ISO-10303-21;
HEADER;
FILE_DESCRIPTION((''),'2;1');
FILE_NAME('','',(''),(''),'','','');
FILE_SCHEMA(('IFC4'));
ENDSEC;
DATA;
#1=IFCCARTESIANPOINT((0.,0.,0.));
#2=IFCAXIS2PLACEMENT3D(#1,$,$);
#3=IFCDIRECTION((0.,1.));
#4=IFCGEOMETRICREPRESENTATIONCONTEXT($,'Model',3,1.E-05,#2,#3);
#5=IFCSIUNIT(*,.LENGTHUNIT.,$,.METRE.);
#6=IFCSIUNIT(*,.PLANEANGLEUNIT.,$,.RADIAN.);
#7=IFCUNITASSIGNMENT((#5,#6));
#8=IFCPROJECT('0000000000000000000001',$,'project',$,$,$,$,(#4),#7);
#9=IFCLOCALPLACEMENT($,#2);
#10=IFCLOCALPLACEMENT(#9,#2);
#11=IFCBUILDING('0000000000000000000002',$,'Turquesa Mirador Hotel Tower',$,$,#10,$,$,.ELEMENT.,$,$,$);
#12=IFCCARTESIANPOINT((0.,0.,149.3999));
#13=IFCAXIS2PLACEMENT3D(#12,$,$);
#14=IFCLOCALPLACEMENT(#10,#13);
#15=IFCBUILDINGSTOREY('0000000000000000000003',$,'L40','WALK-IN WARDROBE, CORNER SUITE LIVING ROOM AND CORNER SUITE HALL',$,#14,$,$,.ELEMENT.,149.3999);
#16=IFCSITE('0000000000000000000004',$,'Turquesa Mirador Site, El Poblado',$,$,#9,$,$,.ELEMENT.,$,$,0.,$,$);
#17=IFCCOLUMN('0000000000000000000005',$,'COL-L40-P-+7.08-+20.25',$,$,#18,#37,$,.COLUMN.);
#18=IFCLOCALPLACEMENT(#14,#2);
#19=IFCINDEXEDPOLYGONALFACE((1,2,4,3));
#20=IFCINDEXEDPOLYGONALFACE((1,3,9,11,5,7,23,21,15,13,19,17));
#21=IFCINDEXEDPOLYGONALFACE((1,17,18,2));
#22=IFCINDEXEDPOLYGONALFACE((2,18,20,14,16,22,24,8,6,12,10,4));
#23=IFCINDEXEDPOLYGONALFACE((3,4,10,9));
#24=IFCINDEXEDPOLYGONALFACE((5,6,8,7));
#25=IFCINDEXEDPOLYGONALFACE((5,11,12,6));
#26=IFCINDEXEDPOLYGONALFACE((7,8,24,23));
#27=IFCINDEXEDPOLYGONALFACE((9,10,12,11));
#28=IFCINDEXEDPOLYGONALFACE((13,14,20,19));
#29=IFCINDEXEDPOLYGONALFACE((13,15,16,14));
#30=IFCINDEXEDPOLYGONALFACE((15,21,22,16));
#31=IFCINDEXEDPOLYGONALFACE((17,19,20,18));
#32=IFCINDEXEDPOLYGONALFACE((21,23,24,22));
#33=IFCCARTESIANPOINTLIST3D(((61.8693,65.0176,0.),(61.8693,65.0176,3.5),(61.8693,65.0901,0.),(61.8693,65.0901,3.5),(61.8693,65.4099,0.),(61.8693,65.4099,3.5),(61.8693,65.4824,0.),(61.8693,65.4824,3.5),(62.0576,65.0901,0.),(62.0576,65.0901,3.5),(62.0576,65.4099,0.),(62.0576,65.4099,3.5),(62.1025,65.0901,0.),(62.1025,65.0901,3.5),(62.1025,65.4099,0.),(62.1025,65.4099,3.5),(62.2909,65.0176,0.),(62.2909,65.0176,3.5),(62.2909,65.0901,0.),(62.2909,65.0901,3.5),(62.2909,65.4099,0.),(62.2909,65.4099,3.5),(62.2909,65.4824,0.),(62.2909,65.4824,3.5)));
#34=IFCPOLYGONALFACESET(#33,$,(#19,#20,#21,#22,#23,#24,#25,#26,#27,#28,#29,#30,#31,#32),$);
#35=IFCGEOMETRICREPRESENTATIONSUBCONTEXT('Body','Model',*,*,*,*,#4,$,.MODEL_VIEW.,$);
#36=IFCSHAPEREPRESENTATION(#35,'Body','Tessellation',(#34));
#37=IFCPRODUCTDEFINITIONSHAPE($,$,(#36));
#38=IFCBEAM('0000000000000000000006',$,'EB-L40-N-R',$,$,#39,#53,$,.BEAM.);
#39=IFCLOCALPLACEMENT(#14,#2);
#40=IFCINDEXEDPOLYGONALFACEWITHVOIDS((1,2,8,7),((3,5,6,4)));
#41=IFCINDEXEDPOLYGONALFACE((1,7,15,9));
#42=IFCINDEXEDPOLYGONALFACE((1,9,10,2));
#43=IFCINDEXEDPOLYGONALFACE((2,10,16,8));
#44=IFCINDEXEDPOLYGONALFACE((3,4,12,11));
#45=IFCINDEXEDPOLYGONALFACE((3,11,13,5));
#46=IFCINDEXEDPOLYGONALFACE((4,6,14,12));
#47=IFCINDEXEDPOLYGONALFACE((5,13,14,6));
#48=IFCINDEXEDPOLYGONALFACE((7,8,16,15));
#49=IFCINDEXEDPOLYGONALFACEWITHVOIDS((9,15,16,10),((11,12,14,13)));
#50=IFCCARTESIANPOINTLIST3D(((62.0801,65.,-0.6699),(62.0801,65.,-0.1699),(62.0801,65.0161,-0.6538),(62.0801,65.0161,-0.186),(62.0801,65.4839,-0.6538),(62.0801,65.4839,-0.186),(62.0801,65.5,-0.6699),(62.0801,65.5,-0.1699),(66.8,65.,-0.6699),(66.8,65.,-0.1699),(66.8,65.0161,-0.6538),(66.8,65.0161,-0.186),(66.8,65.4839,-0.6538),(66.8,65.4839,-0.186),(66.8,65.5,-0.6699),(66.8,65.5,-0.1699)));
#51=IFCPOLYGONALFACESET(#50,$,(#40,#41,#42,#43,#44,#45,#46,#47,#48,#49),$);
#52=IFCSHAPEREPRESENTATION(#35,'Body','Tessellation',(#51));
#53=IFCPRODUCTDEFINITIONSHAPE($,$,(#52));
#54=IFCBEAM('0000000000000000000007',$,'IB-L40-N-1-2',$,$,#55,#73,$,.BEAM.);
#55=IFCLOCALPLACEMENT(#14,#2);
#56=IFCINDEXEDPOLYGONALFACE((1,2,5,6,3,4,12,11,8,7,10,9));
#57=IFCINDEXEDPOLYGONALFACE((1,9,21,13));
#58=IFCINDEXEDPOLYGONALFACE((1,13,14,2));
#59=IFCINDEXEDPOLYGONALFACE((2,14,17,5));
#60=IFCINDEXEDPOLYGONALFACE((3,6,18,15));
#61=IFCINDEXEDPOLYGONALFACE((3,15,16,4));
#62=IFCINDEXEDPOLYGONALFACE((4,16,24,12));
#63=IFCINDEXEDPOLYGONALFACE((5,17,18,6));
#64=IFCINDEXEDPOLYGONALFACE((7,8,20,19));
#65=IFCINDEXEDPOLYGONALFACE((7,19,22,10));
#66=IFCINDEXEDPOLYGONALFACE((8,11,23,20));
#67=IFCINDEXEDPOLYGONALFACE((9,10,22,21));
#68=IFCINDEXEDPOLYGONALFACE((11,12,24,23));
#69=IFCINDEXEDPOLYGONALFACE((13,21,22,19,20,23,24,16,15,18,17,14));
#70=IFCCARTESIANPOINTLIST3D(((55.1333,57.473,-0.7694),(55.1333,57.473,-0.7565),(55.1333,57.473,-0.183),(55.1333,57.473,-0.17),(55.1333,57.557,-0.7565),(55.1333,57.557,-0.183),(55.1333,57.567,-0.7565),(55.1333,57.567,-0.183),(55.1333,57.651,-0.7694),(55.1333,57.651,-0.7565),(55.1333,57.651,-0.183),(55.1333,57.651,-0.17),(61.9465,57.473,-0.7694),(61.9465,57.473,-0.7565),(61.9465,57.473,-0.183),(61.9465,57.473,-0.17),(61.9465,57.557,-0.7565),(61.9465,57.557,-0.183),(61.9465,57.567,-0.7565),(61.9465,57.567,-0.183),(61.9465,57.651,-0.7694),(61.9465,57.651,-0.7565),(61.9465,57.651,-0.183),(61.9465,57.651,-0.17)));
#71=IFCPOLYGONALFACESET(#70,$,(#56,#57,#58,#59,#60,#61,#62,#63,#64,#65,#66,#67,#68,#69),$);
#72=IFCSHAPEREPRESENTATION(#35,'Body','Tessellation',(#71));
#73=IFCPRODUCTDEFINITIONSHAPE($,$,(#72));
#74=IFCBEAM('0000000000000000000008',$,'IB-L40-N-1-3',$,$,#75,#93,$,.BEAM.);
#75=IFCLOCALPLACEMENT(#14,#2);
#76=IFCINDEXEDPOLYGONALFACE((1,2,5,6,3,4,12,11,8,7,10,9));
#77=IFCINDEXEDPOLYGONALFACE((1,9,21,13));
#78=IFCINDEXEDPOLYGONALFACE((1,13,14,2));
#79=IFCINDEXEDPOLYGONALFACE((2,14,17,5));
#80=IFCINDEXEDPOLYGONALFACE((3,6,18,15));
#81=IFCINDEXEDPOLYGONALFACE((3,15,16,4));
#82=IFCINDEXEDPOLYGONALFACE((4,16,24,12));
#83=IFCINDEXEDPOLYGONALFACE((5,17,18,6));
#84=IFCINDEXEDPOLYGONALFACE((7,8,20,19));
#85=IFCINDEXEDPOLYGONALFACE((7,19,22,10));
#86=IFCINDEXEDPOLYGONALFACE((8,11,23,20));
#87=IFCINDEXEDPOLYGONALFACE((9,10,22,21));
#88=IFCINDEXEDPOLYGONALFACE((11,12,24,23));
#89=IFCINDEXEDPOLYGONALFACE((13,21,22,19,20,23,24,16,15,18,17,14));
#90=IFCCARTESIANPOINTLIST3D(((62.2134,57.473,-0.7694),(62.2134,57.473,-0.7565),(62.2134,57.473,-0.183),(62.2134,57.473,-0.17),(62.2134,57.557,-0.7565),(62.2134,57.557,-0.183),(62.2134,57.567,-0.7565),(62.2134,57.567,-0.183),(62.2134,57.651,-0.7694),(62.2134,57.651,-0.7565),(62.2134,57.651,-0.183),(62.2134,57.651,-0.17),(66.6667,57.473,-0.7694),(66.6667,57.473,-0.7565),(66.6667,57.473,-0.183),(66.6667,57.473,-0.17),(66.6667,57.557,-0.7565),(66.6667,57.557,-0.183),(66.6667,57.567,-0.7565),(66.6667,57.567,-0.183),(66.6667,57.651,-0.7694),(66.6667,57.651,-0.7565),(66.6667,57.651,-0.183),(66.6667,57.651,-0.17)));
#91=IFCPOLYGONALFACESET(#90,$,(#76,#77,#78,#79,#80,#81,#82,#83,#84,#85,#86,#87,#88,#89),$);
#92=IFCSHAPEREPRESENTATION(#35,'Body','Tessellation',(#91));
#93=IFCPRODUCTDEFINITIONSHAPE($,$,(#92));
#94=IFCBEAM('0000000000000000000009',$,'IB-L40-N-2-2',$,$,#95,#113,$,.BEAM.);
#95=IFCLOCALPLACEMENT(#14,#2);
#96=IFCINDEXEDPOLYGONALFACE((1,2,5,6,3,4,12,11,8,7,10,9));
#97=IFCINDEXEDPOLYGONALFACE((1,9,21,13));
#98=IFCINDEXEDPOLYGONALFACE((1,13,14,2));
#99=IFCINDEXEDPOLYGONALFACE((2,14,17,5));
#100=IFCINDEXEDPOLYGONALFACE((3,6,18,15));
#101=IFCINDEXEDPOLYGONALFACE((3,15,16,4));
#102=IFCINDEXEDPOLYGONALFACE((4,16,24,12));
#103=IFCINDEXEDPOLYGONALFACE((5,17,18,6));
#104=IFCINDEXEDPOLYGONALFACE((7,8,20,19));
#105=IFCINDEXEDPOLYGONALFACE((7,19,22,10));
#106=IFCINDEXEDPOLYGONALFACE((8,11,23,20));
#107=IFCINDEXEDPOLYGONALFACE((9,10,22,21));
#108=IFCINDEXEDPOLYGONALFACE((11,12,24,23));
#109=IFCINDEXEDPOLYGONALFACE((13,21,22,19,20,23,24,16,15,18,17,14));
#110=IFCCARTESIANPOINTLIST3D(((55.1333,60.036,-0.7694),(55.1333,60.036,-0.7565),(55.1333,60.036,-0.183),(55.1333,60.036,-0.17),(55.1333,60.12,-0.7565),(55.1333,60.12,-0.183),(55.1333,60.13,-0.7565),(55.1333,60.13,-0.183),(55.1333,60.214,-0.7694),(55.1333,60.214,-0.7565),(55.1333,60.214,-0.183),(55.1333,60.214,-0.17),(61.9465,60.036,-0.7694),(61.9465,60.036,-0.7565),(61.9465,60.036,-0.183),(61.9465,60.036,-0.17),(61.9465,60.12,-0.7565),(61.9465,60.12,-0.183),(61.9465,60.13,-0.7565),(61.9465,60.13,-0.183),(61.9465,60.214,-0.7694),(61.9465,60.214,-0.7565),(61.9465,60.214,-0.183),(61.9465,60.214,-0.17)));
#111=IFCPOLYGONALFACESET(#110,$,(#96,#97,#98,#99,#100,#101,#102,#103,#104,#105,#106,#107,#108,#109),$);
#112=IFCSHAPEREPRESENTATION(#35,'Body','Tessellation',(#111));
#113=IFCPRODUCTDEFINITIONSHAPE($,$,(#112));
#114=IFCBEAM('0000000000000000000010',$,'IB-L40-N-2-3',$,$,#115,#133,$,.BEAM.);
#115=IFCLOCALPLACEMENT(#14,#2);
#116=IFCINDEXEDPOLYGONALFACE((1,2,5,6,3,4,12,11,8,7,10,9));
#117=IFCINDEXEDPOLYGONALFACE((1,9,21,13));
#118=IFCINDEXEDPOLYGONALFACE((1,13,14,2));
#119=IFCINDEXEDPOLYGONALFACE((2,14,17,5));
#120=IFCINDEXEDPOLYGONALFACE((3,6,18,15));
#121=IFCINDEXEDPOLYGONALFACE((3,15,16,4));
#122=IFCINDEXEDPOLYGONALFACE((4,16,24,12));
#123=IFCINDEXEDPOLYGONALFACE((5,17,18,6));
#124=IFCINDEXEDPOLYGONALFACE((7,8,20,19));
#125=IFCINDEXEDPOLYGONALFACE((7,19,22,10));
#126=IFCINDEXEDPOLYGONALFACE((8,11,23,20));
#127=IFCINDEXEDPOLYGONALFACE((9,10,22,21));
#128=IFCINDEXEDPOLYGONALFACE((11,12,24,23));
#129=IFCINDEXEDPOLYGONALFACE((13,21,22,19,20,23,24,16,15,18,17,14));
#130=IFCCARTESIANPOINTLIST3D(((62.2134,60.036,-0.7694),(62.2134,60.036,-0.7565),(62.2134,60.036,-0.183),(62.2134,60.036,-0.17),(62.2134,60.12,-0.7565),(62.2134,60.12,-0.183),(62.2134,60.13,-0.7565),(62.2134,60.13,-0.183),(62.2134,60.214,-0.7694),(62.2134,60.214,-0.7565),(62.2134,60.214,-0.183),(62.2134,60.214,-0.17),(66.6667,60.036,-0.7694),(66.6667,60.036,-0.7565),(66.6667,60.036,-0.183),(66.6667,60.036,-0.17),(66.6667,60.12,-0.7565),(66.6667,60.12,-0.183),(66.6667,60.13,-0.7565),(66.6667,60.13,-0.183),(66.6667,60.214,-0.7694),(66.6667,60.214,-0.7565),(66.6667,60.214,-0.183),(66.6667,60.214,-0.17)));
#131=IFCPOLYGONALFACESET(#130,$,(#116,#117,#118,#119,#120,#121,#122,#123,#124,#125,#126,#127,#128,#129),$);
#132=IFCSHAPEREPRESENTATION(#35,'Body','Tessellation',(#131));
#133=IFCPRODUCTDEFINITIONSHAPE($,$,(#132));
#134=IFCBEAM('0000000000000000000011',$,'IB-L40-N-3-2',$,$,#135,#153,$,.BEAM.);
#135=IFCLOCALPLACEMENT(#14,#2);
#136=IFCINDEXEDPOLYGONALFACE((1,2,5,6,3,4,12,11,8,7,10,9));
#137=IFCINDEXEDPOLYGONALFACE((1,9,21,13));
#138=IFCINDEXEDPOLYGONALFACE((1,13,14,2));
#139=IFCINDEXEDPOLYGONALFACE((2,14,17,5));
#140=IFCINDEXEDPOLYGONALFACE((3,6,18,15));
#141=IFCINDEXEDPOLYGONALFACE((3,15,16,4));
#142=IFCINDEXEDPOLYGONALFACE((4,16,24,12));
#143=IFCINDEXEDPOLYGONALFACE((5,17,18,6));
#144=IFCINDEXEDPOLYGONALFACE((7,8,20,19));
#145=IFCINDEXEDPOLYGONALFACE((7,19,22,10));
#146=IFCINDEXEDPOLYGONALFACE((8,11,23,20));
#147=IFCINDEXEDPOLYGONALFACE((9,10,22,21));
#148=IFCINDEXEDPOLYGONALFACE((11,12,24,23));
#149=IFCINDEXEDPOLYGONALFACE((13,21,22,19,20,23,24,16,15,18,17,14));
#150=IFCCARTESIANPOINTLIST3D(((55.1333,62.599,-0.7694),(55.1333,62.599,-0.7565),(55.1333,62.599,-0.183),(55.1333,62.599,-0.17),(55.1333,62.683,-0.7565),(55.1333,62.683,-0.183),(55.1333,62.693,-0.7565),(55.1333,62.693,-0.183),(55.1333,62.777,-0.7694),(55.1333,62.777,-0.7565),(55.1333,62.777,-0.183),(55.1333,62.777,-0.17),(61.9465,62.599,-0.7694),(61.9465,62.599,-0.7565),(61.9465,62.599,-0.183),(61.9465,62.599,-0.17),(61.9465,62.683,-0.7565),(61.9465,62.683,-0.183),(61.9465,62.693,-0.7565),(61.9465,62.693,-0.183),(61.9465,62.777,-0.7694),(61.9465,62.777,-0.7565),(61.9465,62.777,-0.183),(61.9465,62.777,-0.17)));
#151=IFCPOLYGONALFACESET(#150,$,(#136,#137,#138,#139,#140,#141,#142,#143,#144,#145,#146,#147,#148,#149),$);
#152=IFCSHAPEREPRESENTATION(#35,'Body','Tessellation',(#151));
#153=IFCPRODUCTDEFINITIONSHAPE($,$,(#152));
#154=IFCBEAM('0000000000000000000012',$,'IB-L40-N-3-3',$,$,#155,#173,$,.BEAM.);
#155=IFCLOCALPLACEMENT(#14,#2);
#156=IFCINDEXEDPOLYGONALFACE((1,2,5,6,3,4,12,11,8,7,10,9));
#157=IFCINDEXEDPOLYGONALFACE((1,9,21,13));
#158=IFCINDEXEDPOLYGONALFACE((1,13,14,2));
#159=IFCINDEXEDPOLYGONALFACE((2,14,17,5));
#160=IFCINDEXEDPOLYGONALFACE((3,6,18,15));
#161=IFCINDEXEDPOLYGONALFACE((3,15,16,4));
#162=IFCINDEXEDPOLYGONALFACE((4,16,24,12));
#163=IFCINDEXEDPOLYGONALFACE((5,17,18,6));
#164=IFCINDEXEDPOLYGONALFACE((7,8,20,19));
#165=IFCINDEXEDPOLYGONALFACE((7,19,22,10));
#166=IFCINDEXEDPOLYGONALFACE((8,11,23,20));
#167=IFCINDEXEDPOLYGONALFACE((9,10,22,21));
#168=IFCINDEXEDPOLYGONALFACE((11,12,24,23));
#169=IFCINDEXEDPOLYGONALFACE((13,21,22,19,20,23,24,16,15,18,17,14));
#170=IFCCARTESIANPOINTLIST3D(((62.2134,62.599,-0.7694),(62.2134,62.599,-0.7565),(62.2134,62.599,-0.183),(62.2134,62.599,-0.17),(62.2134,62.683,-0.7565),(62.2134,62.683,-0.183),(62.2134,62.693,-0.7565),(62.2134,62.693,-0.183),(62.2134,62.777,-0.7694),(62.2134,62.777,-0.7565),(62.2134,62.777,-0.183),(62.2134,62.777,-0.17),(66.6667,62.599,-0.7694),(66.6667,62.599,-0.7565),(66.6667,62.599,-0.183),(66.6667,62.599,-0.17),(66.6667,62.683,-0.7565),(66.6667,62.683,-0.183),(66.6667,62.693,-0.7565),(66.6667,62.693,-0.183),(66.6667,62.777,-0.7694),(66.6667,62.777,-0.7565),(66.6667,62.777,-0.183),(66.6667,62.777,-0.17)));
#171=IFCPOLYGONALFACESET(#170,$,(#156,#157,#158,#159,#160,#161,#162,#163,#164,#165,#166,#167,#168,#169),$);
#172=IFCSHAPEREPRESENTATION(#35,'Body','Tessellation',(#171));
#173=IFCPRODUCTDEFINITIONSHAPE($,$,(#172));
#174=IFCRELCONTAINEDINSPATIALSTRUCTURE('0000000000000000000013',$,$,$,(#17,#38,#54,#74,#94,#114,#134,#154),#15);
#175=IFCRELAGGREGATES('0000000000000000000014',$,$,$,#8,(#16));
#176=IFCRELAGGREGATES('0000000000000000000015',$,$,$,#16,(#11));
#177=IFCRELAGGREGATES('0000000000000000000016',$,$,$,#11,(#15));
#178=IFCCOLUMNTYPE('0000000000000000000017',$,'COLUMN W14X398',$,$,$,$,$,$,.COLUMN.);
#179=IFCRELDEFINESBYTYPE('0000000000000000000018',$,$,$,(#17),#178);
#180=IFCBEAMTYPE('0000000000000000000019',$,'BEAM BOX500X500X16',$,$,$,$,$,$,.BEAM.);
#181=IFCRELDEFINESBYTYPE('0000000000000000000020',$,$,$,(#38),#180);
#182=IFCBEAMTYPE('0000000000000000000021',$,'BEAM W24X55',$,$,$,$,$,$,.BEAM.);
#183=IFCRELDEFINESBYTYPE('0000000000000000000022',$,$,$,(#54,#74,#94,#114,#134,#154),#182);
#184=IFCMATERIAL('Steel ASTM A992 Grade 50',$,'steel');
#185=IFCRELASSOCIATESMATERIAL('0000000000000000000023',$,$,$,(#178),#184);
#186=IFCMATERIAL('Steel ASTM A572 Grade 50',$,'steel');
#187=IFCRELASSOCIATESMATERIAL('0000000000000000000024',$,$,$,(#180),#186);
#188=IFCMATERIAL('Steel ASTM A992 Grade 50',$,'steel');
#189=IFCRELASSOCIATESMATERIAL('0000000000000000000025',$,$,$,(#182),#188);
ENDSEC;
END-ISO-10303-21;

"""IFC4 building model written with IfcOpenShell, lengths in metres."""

from ifc_helpers import new_model, si_unit, direction, frame, origin, origin_2d, place, context, subcontext, project, spatial, hollow_rectangle, i_section, extrude, material, material_profile, profile_set, type_object, element, save


model = new_model("IFC4")

# Units and contexts
model_context = context("Model", 3, precision=1e-05, world=origin(), true_north=direction((0.0, 1.0)))
body_context = subcontext(model_context, "Body", "Model", "MODEL_VIEW")
ifc_project = project(units=[si_unit("LENGTHUNIT", "METRE"), si_unit("PLANEANGLEUNIT", "RADIAN")], contexts=[model_context])

# Site, building, storey
site_placement = place(None, origin())
site = spatial("IfcSite", under=ifc_project, at=site_placement, Name="Turquesa Mirador Site, El Poblado", CompositionType="ELEMENT", RefElevation=0.0)
building_placement = place(site_placement, origin())
building = spatial("IfcBuilding", under=site, at=building_placement, Name="Turquesa Mirador Hotel Tower", CompositionType="ELEMENT")
storey_placement = place(building_placement, frame((0.0, 0.0, 149.3999)))
storey = spatial("IfcBuildingStorey", under=building, at=storey_placement, Name="L40", Description="WALK-IN WARDROBE, CORNER SUITE LIVING ROOM AND CORNER SUITE HALL", CompositionType="ELEMENT", Elevation=149.3999)

# Column
ifc_material_1 = material(Name="Steel ASTM A992 Grade 50", Category="steel")
ifc_material_profile_1 = material_profile(ifc_material_1, i_section(OverallWidth=0.4216, OverallDepth=0.4648, WebThickness=0.0449, FlangeThickness=0.0725, at=origin_2d()), Name="W14X398")
ifc_profile_set_1 = profile_set([ifc_material_profile_1], Name="Steel ASTM A992 Grade 50")
column_type = type_object("IfcColumnType", Name="COLUMN W14X398", PredefinedType="COLUMN", material=ifc_profile_set_1)
column_placement = place(storey_placement, frame((62.0801, 65.25, 0.0), z_axis=(0.0, 0.0, 1.0), x_axis=(1.0, 0.0, 0.0)))
element("IfcColumn", 1, at=column_placement, inside=storey, type_object=column_type, Name="COL-L40-P-+7.08-+20.25", PredefinedType="COLUMN", context=body_context, shape_type="SweptSolid", body=[
    extrude(i_section(OverallWidth=0.4216, OverallDepth=0.4648, WebThickness=0.0449, FlangeThickness=0.0725, at=origin_2d()), origin(), (0.0, 0.0, 1.0), 3.5),
])

# Beams
ifc_material_2 = material(Name="Steel ASTM A572 Grade 50", Category="steel")
ifc_material_profile_2 = material_profile(ifc_material_2, hollow_rectangle(XDim=0.5, YDim=0.5, WallThickness=0.0161, at=origin_2d()), Name="BOX500X500X16")
ifc_profile_set_2 = profile_set([ifc_material_profile_2], Name="Steel ASTM A572 Grade 50")
beam_type_1 = type_object("IfcBeamType", Name="BEAM BOX500X500X16", PredefinedType="BEAM", material=ifc_profile_set_2)
beam_1_placement = place(storey_placement, frame((62.0801, 65.25, -0.4199), z_axis=(1.0, 0.0, 0.0), x_axis=(0.0, 1.0, 0.0)))
element("IfcBeam", 2, at=beam_1_placement, inside=storey, type_object=beam_type_1, Name="EB-L40-N-R", PredefinedType="BEAM", context=body_context, shape_type="SweptSolid", body=[
    extrude(hollow_rectangle(XDim=0.5, YDim=0.5, WallThickness=0.0161, at=origin_2d()), origin(), (0.0, 0.0, 1.0), 4.72),
])
ifc_material_3 = material(Name="Steel ASTM A992 Grade 50", Category="steel")
ifc_material_profile_3 = material_profile(ifc_material_3, i_section(OverallWidth=0.178, OverallDepth=0.5994, WebThickness=0.01, FlangeThickness=0.0129, at=origin_2d()), Name="W24X55")
ifc_profile_set_3 = profile_set([ifc_material_profile_3], Name="Steel ASTM A992 Grade 50")
beam_type_2 = type_object("IfcBeamType", Name="BEAM W24X55", PredefinedType="BEAM", material=ifc_profile_set_3)
beam_2_placement = place(storey_placement, frame((55.1333, 57.562, -0.4697), z_axis=(1.0, 0.0, 0.0), x_axis=(0.0, 1.0, 0.0)))
element("IfcBeam", 3, at=beam_2_placement, inside=storey, type_object=beam_type_2, Name="IB-L40-N-1-2", PredefinedType="BEAM", context=body_context, shape_type="SweptSolid", body=[
    extrude(i_section(OverallWidth=0.178, OverallDepth=0.5994, WebThickness=0.01, FlangeThickness=0.0129, at=origin_2d()), origin(), (0.0, 0.0, 1.0), 6.8132),
])
beam_3_placement = place(storey_placement, frame((62.2134, 57.562, -0.4697), z_axis=(1.0, 0.0, 0.0), x_axis=(0.0, 1.0, 0.0)))
element("IfcBeam", 4, at=beam_3_placement, inside=storey, type_object=beam_type_2, Name="IB-L40-N-1-3", PredefinedType="BEAM", context=body_context, shape_type="SweptSolid", body=[
    extrude(i_section(OverallWidth=0.178, OverallDepth=0.5994, WebThickness=0.01, FlangeThickness=0.0129, at=origin_2d()), origin(), (0.0, 0.0, 1.0), 4.4534),
])
beam_4_placement = place(storey_placement, frame((55.1333, 60.125, -0.4697), z_axis=(1.0, 0.0, 0.0), x_axis=(0.0, 1.0, 0.0)))
element("IfcBeam", 5, at=beam_4_placement, inside=storey, type_object=beam_type_2, Name="IB-L40-N-2-2", PredefinedType="BEAM", context=body_context, shape_type="SweptSolid", body=[
    extrude(i_section(OverallWidth=0.178, OverallDepth=0.5994, WebThickness=0.01, FlangeThickness=0.0129, at=origin_2d()), origin(), (0.0, 0.0, 1.0), 6.8132),
])
beam_5_placement = place(storey_placement, frame((62.2134, 60.125, -0.4697), z_axis=(1.0, 0.0, 0.0), x_axis=(0.0, 1.0, 0.0)))
element("IfcBeam", 6, at=beam_5_placement, inside=storey, type_object=beam_type_2, Name="IB-L40-N-2-3", PredefinedType="BEAM", context=body_context, shape_type="SweptSolid", body=[
    extrude(i_section(OverallWidth=0.178, OverallDepth=0.5994, WebThickness=0.01, FlangeThickness=0.0129, at=origin_2d()), origin(), (0.0, 0.0, 1.0), 4.4534),
])
beam_6_placement = place(storey_placement, frame((55.1333, 62.688, -0.4697), z_axis=(1.0, 0.0, 0.0), x_axis=(0.0, 1.0, 0.0)))
element("IfcBeam", 7, at=beam_6_placement, inside=storey, type_object=beam_type_2, Name="IB-L40-N-3-2", PredefinedType="BEAM", context=body_context, shape_type="SweptSolid", body=[
    extrude(i_section(OverallWidth=0.178, OverallDepth=0.5994, WebThickness=0.01, FlangeThickness=0.0129, at=origin_2d()), origin(), (0.0, 0.0, 1.0), 6.8132),
])
beam_7_placement = place(storey_placement, frame((62.2134, 62.688, -0.4697), z_axis=(1.0, 0.0, 0.0), x_axis=(0.0, 1.0, 0.0)))
element("IfcBeam", 8, at=beam_7_placement, inside=storey, type_object=beam_type_2, Name="IB-L40-N-3-3", PredefinedType="BEAM", context=body_context, shape_type="SweptSolid", body=[
    extrude(i_section(OverallWidth=0.178, OverallDepth=0.5994, WebThickness=0.01, FlangeThickness=0.0129, at=origin_2d()), origin(), (0.0, 0.0, 1.0), 4.4534),
])

save(model, "model.ifc")
